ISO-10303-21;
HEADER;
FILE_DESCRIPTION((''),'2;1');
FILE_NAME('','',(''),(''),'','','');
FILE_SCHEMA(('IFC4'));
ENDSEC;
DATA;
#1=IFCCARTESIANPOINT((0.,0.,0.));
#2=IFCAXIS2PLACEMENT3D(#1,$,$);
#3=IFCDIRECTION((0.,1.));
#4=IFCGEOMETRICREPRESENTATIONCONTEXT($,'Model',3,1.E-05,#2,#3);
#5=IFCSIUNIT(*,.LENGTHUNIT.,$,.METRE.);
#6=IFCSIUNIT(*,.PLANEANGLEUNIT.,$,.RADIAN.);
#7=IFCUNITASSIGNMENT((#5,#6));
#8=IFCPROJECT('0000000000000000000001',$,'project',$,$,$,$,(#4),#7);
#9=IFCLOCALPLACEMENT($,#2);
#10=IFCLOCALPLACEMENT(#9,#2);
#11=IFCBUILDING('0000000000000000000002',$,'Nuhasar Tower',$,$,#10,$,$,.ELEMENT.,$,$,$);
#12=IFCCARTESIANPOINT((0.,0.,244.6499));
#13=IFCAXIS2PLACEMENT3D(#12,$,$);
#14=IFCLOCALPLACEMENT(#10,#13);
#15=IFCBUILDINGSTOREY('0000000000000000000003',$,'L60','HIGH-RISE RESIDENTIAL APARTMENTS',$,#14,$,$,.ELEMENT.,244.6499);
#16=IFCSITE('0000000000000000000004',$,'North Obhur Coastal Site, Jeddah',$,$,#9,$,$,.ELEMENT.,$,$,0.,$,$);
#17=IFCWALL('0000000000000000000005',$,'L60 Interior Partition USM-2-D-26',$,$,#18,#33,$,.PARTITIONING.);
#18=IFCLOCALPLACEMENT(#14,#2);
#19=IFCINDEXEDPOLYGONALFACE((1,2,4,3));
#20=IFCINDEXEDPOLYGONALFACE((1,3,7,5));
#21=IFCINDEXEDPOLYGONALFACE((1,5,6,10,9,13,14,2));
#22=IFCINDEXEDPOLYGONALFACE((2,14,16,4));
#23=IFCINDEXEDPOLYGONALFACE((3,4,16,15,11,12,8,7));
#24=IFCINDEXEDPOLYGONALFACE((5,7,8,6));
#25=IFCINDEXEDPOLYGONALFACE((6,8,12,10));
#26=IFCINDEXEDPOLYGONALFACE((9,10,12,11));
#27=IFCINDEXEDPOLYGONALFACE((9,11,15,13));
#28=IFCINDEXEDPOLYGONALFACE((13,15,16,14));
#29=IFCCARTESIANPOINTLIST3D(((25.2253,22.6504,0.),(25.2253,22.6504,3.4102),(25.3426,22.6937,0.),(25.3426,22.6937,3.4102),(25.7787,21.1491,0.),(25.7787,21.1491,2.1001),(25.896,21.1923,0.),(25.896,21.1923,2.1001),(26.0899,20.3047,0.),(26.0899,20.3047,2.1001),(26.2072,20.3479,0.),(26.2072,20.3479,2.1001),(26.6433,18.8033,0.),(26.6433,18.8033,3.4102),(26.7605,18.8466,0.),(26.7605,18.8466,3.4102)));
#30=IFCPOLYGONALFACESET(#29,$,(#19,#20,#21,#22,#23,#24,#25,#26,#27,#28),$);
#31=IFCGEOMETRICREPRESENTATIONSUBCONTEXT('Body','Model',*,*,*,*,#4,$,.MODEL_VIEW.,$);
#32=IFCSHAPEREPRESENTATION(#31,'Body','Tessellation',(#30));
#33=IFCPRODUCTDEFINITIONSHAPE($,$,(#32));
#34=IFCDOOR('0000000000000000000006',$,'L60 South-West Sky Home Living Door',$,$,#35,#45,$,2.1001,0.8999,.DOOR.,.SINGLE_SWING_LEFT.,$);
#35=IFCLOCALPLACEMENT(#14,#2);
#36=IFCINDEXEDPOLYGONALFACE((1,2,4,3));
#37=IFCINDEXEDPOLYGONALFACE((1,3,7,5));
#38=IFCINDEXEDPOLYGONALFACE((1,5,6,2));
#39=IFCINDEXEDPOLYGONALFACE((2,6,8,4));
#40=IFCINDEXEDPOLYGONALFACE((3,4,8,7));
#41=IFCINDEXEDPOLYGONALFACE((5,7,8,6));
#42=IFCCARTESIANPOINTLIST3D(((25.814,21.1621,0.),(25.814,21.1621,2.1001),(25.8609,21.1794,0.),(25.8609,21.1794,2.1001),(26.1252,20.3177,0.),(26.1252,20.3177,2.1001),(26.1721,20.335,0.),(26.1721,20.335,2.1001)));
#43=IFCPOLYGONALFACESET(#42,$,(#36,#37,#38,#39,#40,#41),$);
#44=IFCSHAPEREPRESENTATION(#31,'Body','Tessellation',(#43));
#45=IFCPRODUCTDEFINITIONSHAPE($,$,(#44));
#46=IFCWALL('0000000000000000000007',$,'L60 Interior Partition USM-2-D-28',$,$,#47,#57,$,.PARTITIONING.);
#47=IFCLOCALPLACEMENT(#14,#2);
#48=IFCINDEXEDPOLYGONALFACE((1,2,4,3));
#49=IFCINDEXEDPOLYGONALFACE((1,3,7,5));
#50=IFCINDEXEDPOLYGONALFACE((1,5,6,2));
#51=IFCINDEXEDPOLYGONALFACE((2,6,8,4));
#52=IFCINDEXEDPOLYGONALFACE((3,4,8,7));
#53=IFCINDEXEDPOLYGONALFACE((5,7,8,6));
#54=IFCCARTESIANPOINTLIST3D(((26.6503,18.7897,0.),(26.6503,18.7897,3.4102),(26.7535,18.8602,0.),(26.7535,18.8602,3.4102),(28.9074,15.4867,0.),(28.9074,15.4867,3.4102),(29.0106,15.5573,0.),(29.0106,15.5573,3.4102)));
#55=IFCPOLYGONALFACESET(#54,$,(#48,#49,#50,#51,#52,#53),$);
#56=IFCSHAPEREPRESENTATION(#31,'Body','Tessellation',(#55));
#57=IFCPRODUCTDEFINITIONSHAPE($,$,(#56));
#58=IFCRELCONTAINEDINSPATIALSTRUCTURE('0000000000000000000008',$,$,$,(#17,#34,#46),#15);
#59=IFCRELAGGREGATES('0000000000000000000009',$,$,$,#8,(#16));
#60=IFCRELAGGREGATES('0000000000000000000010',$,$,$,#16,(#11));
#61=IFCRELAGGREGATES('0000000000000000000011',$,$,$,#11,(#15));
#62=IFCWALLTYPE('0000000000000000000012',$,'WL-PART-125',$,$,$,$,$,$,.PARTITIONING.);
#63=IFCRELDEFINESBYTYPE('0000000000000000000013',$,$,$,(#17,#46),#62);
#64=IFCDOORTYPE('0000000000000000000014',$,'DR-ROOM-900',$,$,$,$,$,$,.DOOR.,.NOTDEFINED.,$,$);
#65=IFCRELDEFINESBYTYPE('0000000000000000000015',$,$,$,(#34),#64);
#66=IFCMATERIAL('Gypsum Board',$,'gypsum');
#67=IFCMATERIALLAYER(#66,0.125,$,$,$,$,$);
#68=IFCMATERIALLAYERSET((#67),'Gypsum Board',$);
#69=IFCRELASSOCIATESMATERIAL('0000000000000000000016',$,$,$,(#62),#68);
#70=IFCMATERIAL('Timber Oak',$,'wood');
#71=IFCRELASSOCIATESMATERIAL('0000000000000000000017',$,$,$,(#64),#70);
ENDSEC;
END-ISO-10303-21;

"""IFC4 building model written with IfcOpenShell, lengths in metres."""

from ifc_helpers import new_model, si_unit, direction, frame, frame_2d, origin, place, context, subcontext, project, spatial, rectangle, extrude, material, layer, layer_set, type_object, element, fill, save


model = new_model("IFC4")

# Units and contexts
model_context = context("Model", 3, precision=1e-05, world=origin(), true_north=direction((0.0, 1.0)))
body_context = subcontext(model_context, "Body", "Model", "MODEL_VIEW")
ifc_project = project(units=[si_unit("LENGTHUNIT", "METRE"), si_unit("PLANEANGLEUNIT", "RADIAN")], contexts=[model_context])

# Site, building, storey
site_placement = place(None, origin())
site = spatial("IfcSite", under=ifc_project, at=site_placement, Name="North Obhur Coastal Site, Jeddah", CompositionType="ELEMENT", RefElevation=0.0)
building_placement = place(site_placement, origin())
building = spatial("IfcBuilding", under=site, at=building_placement, Name="Nuhasar Tower", CompositionType="ELEMENT")
storey_placement = place(building_placement, frame((0.0, 0.0, 244.6499)))
storey = spatial("IfcBuildingStorey", under=building, at=storey_placement, Name="L60", Description="HIGH-RISE RESIDENTIAL APARTMENTS", CompositionType="ELEMENT", Elevation=244.6499)

# Shared definitions
ifc_material_1 = material(Name="Gypsum Board", Category="gypsum")

# Shared definitions
ifc_material_2 = material(Name="Timber Oak", Category="wood")

# Shared definitions
ifc_layer_1 = layer(ifc_material_1, 0.125)
ifc_layer_set_1 = layer_set([ifc_layer_1], Name="Gypsum Board")
wall_type_1 = type_object("IfcWallType", Name="WL-PART-125", PredefinedType="PARTITIONING", material=ifc_layer_set_1)

# Wall, opening, door
wall_1_placement = place(storey_placement, frame((26.7019, 18.825, 0.0), z_axis=(0.0, 0.0, 1.0), x_axis=(-0.345832, 0.938296, 0.0)))
wall_1 = element("IfcWall", 1, at=wall_1_placement, inside=storey, type_object=wall_type_1, Name="L60 Interior Partition USM-2-D-26", PredefinedType="PARTITIONING", context=body_context, shape_type="SweptSolid", body=[
    extrude(rectangle(XDim=4.1001, YDim=0.125, at=frame_2d((2.05, 0.0))), origin(), (0.0, 0.0, 1.0), 3.4102),
])
opening_1_placement = place(wall_1_placement, frame((1.6001, 0.0, 0.0)))
opening_1 = element("IfcOpeningElement", 2, at=opening_1_placement, cuts=wall_1, PredefinedType="OPENING", context=body_context, shape_type="SweptSolid", body=[
    extrude(rectangle(XDim=0.8999, YDim=2.1001, at=frame_2d((0.45, 1.05))), frame((0.0, 0.0725, 0.0), z_axis=(0.0, -1.0, 0.0), x_axis=(1.0, 0.0, 0.0)), (0.0, 0.0, 1.0), 0.145),
])
door_type_1 = type_object("IfcDoorType", Name="DR-ROOM-900", OperationType="NOTDEFINED", PredefinedType="DOOR", material=ifc_material_2)
door_1_placement = place(opening_1_placement, origin())
door_1 = element("IfcDoor", 3, at=door_1_placement, inside=storey, type_object=door_type_1, Name="L60 South-West Sky Home Living Door", OperationType="SINGLE_SWING_LEFT", OverallHeight=2.1001, OverallWidth=0.8999, PredefinedType="DOOR", context=body_context, shape_type="SweptSolid", body=[
    extrude(rectangle(XDim=0.8999, YDim=2.1001, at=frame_2d((0.45, 1.05))), frame((0.0, 0.0249, 0.0), z_axis=(0.0, -1.0, 0.0), x_axis=(1.0, 0.0, 0.0)), (0.0, 0.0, 1.0), 0.05),
])
fill(opening_1, door_1)

# Wall
wall_2_placement = place(storey_placement, frame((26.7019, 18.825, 0.0), z_axis=(0.0, 0.0, 1.0), x_axis=(0.564198, -0.825639, 0.0)))
element("IfcWall", 4, at=wall_2_placement, inside=storey, type_object=wall_type_1, Name="L60 Interior Partition USM-2-D-28", PredefinedType="PARTITIONING", context=body_context, shape_type="SweptSolid", body=[
    extrude(rectangle(XDim=4.0005, YDim=0.125, at=frame_2d((2.0002, 0.0))), origin(), (0.0, 0.0, 1.0), 3.4102),
])

save(model, "model.ifc")
